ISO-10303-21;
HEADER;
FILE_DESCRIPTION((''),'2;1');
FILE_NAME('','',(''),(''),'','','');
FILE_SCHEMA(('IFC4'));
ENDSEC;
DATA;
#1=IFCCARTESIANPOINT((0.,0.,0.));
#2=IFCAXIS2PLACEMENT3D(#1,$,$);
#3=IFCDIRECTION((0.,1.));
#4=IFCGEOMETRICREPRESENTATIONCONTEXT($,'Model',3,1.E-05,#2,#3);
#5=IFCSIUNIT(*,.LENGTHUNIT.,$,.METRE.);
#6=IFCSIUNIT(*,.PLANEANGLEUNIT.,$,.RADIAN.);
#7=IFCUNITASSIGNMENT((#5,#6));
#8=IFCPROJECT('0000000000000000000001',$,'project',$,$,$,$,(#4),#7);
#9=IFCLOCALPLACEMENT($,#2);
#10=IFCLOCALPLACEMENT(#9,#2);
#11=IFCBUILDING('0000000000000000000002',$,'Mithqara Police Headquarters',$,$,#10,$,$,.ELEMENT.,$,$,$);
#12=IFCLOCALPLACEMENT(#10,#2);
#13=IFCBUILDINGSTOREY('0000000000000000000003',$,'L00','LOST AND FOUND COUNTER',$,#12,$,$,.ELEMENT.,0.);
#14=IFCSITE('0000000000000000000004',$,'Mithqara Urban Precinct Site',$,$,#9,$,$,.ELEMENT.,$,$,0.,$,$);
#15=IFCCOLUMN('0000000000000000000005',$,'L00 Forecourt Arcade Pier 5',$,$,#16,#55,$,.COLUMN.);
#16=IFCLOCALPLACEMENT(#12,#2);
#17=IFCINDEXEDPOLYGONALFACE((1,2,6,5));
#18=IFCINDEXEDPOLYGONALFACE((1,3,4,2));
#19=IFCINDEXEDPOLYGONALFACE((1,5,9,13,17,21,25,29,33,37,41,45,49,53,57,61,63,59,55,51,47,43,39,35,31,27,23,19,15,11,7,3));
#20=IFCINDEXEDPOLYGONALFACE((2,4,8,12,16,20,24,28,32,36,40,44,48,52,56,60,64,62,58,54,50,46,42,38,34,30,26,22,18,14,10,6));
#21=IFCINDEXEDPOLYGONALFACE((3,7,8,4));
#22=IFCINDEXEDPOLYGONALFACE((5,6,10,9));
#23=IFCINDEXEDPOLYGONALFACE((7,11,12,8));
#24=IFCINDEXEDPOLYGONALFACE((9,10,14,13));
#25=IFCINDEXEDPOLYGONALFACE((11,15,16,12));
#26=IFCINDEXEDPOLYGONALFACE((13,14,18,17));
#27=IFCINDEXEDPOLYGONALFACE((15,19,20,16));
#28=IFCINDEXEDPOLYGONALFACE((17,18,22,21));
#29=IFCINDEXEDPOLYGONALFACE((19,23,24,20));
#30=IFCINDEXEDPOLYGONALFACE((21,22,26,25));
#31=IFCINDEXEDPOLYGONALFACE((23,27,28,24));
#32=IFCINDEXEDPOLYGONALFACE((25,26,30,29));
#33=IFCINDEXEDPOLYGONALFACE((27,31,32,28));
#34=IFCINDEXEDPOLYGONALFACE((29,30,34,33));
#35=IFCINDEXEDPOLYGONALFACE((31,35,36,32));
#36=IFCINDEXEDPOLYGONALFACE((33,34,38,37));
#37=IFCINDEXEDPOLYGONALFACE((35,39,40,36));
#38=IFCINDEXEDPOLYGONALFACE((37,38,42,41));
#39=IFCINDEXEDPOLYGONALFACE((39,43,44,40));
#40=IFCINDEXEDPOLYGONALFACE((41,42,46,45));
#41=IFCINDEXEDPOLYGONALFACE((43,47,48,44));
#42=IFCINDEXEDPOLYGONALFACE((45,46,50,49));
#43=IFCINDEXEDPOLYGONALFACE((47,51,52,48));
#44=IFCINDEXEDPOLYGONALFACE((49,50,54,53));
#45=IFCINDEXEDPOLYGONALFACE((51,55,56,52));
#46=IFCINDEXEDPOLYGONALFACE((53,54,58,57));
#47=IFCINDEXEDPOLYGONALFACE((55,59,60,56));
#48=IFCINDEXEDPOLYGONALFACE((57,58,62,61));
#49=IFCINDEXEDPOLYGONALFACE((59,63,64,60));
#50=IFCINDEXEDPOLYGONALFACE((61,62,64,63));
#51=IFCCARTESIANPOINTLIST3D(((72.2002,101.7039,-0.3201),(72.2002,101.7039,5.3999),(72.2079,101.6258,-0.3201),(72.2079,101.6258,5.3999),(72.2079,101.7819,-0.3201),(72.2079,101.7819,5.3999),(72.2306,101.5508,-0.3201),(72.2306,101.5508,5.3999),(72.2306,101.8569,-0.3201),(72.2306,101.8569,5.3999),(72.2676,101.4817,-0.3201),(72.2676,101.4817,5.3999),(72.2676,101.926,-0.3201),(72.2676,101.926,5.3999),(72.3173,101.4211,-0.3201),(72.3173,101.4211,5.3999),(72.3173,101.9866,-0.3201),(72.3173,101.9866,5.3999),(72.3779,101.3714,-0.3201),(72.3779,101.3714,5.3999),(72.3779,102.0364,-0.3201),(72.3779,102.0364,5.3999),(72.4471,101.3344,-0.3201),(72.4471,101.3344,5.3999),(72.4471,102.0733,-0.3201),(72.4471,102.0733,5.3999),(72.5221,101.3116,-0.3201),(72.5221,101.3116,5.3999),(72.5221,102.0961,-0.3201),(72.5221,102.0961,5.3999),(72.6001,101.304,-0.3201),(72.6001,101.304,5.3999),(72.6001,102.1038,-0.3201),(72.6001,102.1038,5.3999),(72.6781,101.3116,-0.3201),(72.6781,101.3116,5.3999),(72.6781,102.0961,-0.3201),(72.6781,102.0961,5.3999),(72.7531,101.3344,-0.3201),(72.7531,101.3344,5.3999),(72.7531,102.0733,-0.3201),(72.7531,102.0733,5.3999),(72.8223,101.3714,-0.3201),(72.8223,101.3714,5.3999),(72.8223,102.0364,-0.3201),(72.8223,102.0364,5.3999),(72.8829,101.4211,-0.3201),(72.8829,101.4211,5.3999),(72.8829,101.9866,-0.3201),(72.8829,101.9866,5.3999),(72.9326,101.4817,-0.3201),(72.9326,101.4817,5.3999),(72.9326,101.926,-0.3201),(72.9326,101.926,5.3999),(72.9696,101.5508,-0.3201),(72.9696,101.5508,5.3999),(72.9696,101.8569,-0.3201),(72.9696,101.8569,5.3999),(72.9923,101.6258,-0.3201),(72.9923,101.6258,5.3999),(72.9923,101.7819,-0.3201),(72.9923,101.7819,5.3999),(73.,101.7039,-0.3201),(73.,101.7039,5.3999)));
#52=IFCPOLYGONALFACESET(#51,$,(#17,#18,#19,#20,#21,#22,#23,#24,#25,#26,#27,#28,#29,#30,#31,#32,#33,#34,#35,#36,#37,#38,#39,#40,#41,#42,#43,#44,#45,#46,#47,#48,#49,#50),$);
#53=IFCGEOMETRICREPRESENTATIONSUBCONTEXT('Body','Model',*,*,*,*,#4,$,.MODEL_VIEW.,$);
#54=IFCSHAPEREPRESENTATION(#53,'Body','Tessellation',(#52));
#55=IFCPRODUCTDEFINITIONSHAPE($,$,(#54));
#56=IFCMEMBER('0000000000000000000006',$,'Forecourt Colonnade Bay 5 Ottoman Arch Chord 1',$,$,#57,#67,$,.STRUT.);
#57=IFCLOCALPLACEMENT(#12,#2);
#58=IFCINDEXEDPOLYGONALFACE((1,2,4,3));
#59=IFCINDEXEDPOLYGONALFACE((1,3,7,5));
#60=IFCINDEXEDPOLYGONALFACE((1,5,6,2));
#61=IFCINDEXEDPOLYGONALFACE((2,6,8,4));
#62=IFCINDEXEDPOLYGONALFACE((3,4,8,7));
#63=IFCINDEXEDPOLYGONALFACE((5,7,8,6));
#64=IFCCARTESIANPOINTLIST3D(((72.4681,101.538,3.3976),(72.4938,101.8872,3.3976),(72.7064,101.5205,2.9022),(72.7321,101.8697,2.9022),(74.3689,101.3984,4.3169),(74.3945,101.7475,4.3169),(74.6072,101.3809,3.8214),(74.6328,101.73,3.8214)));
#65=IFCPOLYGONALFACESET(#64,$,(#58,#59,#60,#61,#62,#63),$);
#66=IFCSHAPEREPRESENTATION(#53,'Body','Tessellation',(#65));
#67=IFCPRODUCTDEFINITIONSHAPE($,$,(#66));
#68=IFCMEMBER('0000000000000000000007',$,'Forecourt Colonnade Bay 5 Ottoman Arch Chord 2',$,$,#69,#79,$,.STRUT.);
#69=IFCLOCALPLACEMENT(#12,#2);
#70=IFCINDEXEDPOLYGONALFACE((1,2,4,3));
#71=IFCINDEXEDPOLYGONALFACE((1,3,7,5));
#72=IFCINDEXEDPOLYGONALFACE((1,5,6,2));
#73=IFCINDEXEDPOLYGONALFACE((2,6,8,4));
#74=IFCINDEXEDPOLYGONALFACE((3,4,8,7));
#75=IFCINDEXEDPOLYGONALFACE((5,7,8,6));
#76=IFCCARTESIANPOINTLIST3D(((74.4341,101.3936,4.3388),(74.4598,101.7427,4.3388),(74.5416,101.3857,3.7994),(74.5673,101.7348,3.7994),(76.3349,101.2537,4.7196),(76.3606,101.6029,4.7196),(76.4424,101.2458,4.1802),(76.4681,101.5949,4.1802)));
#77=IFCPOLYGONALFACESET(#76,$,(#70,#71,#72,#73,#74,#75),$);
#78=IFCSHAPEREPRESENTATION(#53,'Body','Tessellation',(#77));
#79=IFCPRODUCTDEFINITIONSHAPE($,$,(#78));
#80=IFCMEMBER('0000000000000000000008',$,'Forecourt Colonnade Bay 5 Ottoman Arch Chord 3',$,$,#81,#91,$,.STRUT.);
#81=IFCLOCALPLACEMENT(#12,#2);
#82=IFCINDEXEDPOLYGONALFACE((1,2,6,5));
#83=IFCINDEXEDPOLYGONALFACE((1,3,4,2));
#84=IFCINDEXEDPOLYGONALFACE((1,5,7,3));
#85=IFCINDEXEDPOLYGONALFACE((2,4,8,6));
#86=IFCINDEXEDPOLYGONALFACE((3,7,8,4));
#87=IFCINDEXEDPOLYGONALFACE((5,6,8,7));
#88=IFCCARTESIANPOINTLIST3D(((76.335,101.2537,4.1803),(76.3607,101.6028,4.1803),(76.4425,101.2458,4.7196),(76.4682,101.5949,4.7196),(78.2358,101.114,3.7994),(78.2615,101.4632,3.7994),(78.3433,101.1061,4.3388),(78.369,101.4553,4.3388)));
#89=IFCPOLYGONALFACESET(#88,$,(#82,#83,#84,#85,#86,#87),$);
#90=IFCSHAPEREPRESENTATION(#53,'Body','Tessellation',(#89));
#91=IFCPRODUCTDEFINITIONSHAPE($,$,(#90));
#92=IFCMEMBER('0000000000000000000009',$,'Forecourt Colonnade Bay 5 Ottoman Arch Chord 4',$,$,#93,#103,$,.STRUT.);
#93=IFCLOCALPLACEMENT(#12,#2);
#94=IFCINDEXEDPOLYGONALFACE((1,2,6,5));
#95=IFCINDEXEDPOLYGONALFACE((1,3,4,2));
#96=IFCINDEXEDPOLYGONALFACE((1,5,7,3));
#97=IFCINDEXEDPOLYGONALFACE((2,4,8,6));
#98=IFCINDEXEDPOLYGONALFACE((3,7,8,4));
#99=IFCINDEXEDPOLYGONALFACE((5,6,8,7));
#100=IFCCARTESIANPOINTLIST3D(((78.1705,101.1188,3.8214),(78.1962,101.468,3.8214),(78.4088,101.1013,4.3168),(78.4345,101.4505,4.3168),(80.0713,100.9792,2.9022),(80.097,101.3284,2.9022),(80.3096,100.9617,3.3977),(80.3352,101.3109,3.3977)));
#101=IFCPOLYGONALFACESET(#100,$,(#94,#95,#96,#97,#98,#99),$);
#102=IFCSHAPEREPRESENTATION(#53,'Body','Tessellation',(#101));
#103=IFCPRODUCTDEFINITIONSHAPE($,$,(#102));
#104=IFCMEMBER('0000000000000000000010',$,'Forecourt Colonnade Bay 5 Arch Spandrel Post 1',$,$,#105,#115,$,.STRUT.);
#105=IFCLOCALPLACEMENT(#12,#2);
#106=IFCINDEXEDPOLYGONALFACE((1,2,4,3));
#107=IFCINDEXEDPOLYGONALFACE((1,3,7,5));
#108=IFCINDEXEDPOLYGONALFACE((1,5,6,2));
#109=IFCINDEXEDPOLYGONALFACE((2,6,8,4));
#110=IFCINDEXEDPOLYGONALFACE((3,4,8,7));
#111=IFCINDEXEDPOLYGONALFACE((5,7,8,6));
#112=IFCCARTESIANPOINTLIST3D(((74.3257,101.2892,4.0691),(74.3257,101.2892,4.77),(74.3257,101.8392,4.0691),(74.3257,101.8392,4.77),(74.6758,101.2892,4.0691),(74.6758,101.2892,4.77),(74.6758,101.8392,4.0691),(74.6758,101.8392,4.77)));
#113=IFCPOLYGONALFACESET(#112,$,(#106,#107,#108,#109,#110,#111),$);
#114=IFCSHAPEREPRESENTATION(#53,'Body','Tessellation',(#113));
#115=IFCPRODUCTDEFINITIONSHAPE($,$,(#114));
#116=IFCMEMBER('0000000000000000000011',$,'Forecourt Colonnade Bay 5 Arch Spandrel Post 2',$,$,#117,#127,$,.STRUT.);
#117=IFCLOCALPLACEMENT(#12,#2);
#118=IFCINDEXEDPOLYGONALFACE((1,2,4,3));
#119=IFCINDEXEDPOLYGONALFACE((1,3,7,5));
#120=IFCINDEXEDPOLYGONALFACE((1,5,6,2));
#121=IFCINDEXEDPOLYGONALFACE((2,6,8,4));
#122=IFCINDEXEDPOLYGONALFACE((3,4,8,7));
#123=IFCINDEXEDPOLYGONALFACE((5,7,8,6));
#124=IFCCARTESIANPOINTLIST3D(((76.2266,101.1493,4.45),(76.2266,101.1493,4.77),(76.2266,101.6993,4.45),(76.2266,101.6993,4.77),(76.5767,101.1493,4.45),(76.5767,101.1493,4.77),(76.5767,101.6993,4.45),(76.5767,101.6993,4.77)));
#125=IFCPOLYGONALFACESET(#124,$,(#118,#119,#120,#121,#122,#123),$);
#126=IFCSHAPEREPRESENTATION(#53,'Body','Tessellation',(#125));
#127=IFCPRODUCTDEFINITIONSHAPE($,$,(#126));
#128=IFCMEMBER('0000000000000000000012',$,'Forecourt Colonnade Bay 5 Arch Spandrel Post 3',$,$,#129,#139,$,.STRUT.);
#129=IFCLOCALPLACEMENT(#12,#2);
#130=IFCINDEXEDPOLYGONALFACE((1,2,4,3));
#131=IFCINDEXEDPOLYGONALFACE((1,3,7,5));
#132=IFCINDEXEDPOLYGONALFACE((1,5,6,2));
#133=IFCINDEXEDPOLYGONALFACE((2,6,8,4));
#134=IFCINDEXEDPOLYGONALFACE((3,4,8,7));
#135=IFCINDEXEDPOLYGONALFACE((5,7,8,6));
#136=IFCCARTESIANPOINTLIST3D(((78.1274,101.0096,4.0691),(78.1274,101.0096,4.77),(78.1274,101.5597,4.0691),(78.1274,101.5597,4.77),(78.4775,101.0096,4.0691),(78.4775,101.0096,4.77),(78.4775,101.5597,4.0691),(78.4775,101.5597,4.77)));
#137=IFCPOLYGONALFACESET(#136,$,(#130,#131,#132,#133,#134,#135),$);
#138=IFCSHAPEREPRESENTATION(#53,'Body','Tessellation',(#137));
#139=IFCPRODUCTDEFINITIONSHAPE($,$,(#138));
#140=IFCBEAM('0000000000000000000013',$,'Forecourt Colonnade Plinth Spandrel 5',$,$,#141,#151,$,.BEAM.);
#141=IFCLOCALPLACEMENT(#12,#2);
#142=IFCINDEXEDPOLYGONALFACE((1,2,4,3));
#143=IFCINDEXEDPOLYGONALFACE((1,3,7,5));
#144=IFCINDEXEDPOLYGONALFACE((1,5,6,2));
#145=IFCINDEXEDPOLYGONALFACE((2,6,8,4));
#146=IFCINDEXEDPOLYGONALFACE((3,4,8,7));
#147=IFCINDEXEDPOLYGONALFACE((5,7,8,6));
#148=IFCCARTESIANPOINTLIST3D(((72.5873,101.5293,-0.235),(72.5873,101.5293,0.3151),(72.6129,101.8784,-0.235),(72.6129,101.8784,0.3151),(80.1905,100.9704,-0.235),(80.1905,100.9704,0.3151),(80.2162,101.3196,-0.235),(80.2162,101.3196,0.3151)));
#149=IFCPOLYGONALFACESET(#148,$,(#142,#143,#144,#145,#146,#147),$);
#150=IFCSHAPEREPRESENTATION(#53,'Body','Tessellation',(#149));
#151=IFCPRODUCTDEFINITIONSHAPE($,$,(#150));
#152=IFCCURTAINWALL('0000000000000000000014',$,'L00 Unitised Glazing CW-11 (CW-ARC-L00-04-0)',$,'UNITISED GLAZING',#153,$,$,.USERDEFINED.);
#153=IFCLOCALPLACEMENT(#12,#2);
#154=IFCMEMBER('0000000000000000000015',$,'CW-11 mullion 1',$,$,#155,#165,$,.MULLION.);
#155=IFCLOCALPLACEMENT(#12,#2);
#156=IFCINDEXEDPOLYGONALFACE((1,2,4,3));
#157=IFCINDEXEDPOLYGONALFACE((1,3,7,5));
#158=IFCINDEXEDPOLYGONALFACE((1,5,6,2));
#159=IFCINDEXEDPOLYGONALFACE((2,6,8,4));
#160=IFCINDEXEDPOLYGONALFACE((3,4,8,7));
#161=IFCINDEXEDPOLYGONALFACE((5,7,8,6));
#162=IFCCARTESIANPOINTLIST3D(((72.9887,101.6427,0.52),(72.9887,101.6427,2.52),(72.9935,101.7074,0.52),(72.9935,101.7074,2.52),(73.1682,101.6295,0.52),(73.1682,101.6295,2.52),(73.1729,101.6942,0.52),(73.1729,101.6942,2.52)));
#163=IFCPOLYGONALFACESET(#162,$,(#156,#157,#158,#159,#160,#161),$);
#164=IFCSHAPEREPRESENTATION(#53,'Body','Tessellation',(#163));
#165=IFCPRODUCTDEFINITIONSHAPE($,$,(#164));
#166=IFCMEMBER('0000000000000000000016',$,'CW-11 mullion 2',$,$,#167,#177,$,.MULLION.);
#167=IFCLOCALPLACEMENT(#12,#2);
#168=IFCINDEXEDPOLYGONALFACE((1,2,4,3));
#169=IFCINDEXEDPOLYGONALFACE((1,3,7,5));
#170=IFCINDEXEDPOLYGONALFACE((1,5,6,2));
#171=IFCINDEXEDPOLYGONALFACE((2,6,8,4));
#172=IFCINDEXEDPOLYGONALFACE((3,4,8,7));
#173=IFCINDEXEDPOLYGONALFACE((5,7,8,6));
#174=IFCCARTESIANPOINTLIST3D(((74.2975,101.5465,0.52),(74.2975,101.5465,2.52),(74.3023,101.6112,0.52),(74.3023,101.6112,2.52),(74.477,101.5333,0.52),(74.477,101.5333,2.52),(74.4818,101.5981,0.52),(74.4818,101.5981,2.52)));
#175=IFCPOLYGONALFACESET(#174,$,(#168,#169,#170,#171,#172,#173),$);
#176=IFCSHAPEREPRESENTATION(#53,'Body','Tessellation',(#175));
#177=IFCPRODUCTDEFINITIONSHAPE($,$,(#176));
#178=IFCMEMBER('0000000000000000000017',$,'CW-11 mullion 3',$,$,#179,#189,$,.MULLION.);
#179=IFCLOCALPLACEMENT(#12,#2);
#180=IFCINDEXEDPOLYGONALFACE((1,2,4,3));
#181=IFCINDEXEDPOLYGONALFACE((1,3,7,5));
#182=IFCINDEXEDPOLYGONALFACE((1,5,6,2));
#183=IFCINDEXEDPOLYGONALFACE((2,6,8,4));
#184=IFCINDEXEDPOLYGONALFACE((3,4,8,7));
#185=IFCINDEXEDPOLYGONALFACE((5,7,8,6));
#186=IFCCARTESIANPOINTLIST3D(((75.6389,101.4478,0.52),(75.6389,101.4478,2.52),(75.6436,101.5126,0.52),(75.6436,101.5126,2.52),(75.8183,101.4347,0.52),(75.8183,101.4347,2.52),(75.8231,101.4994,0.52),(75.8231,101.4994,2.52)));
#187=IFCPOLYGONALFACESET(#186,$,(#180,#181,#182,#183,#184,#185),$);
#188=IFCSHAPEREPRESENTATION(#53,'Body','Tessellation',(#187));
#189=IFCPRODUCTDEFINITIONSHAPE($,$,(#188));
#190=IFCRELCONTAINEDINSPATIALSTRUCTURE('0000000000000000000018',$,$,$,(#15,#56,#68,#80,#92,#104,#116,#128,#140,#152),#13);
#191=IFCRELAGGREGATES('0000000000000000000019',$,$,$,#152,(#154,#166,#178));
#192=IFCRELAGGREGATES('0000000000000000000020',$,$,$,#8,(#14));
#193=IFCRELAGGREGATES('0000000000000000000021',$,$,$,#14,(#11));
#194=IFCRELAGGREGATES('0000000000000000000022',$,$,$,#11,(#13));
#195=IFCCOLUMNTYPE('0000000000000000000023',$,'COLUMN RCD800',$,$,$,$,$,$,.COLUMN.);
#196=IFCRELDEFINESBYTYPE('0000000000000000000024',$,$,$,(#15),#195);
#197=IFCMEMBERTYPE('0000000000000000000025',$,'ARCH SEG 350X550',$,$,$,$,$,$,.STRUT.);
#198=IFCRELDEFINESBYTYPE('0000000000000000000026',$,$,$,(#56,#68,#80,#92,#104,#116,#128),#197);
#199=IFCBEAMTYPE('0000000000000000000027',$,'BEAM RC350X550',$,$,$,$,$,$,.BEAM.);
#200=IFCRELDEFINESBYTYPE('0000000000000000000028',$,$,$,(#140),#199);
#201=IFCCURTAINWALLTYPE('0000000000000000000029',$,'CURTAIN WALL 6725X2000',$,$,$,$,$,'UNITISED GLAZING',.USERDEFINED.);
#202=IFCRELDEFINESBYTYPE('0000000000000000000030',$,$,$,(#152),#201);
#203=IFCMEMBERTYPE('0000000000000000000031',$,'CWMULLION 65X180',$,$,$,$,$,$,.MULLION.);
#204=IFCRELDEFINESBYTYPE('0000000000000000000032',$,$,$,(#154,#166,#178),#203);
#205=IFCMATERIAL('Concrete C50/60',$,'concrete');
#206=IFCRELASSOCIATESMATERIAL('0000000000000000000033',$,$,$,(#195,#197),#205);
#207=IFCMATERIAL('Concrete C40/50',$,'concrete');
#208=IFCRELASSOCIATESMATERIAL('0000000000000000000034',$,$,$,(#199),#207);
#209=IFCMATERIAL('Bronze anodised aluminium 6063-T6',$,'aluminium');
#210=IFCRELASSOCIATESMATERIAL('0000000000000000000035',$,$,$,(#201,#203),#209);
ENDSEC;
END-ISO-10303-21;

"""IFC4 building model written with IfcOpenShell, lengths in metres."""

from ifc_helpers import new_model, si_unit, direction, frame, origin, origin_2d, place, context, subcontext, project, spatial, rectangle, circle, extrude, material, material_profile, profile_set, type_object, element, aggregate, save


model = new_model("IFC4")

# Units and contexts
model_context = context("Model", 3, precision=1e-05, world=origin(), true_north=direction((0.0, 1.0)))
body_context = subcontext(model_context, "Body", "Model", "MODEL_VIEW")
ifc_project = project(units=[si_unit("LENGTHUNIT", "METRE"), si_unit("PLANEANGLEUNIT", "RADIAN")], contexts=[model_context])

# Site, building, storey
site_placement = place(None, origin())
site = spatial("IfcSite", under=ifc_project, at=site_placement, Name="Mithqara Urban Precinct Site", CompositionType="ELEMENT", RefElevation=0.0)
building_placement = place(site_placement, origin())
building = spatial("IfcBuilding", under=site, at=building_placement, Name="Mithqara Police Headquarters", CompositionType="ELEMENT")
storey_placement = place(building_placement, origin())
storey = spatial("IfcBuildingStorey", under=building, at=storey_placement, Name="L00", Description="LOST AND FOUND COUNTER", CompositionType="ELEMENT", Elevation=0.0)

# Column
ifc_material_1 = material(Name="Concrete C50/60", Category="concrete")
ifc_material_profile_1 = material_profile(ifc_material_1, circle(Radius=0.3999, at=origin_2d()), Name="RCD 800")
ifc_profile_set_1 = profile_set([ifc_material_profile_1], Name="Concrete C50/60")
column_type = type_object("IfcColumnType", Name="COLUMN RCD800", PredefinedType="COLUMN", material=ifc_profile_set_1)
column_placement = place(storey_placement, frame((72.6001, 101.7039, -0.3201), z_axis=(0.0, 0.0, 1.0), x_axis=(1.0, 0.0, 0.0)))
element("IfcColumn", 1, at=column_placement, inside=storey, type_object=column_type, Name="L00 Forecourt Arcade Pier 5", PredefinedType="COLUMN", context=body_context, shape_type="SweptSolid", body=[
    extrude(circle(Radius=0.3999, at=origin_2d()), origin(), (0.0, 0.0, 1.0), 5.72),
])

# Members
ifc_material_profile_2 = material_profile(ifc_material_1, rectangle(XDim=0.3501, YDim=0.55, at=origin_2d()), Name="ARC 350x550")
ifc_profile_set_2 = profile_set([ifc_material_profile_2], Name="Concrete C50/60")
member_type_1 = type_object("IfcMemberType", Name="ARCH SEG 350X550", PredefinedType="STRUT", material=ifc_profile_set_2)
member_1_placement = place(storey_placement, frame((72.6001, 101.7039, 3.1499), z_axis=(0.898284, -0.066001, 0.43443), x_axis=(0.073277, 0.997312, 0.0)))
element("IfcMember", 2, at=member_1_placement, inside=storey, type_object=member_type_1, Name="Forecourt Colonnade Bay 5 Ottoman Arch Chord 1", PredefinedType="STRUT", context=body_context, shape_type="SweptSolid", body=[
    extrude(rectangle(XDim=0.3501, YDim=0.55, at=origin_2d()), origin(), (0.0, 0.0, 1.0), 2.116),
])
for number, where, z_axis, x_axis, name in (
    (3, (74.5007, 101.5642, 4.0691), (0.97797, -0.071972, 0.195946), (0.073395, 0.997303, 0.0), "Forecourt Colonnade Bay 5 Ottoman Arch Chord 2"),
    (4, (76.4016, 101.4243, 4.45), (0.977979, -0.071847, -0.195947), (0.073268, 0.997312, 0.0), "Forecourt Colonnade Bay 5 Ottoman Arch Chord 3"),
):
    element("IfcMember", number, at=place(storey_placement, frame(where, z_axis=z_axis, x_axis=x_axis)), inside=storey, type_object=member_type_1, Name=name, PredefinedType="STRUT", context=body_context, shape_type="SweptSolid", body=[
        extrude(rectangle(XDim=0.3501, YDim=0.55, at=origin_2d()), origin(), (0.0, 0.0, 1.0), 1.9436),
    ])
member_2_placement = place(storey_placement, frame((78.3025, 101.2847, 4.0691), z_axis=(0.898306, -0.065994, -0.434385), x_axis=(0.073268, 0.997312, 0.0)))
element("IfcMember", 5, at=member_2_placement, inside=storey, type_object=member_type_1, Name="Forecourt Colonnade Bay 5 Ottoman Arch Chord 4", PredefinedType="STRUT", context=body_context, shape_type="SweptSolid", body=[
    extrude(rectangle(XDim=0.3501, YDim=0.55, at=origin_2d()), origin(), (0.0, 0.0, 1.0), 2.116),
])
member_3_placement = place(storey_placement, frame((74.5007, 101.5642, 4.0691), z_axis=(0.0, 0.0, 1.0), x_axis=(1.0, 0.0, 0.0)))
element("IfcMember", 6, at=member_3_placement, inside=storey, type_object=member_type_1, Name="Forecourt Colonnade Bay 5 Arch Spandrel Post 1", PredefinedType="STRUT", context=body_context, shape_type="SweptSolid", body=[
    extrude(rectangle(XDim=0.3501, YDim=0.55, at=origin_2d()), origin(), (0.0, 0.0, 1.0), 0.7009),
])
member_4_placement = place(storey_placement, frame((76.4016, 101.4243, 4.45), z_axis=(0.0, 0.0, 1.0), x_axis=(1.0, 0.0, 0.0)))
element("IfcMember", 7, at=member_4_placement, inside=storey, type_object=member_type_1, Name="Forecourt Colonnade Bay 5 Arch Spandrel Post 2", PredefinedType="STRUT", context=body_context, shape_type="SweptSolid", body=[
    extrude(rectangle(XDim=0.3501, YDim=0.55, at=origin_2d()), origin(), (0.0, 0.0, 1.0), 0.3201),
])
member_5_placement = place(storey_placement, frame((78.3025, 101.2847, 4.0691), z_axis=(0.0, 0.0, 1.0), x_axis=(1.0, 0.0, 0.0)))
element("IfcMember", 8, at=member_5_placement, inside=storey, type_object=member_type_1, Name="Forecourt Colonnade Bay 5 Arch Spandrel Post 3", PredefinedType="STRUT", context=body_context, shape_type="SweptSolid", body=[
    extrude(rectangle(XDim=0.3501, YDim=0.55, at=origin_2d()), origin(), (0.0, 0.0, 1.0), 0.7009),
])

# Beam
ifc_material_2 = material(Name="Concrete C40/50", Category="concrete")
ifc_material_profile_3 = material_profile(ifc_material_2, rectangle(XDim=0.3501, YDim=0.55, at=origin_2d()), Name="RC 350x550")
ifc_profile_set_3 = profile_set([ifc_material_profile_3], Name="Concrete C40/50")
beam_type_1 = type_object("IfcBeamType", Name="BEAM RC350X550", PredefinedType="BEAM", material=ifc_profile_set_3)
beam_1_placement = place(storey_placement, frame((72.6001, 101.7039, 0.04), z_axis=(0.99731, -0.073302, 0.0), x_axis=(0.073302, 0.99731, 0.0)))
element("IfcBeam", 9, at=beam_1_placement, inside=storey, type_object=beam_type_1, Name="Forecourt Colonnade Plinth Spandrel 5", PredefinedType="BEAM", context=body_context, shape_type="SweptSolid", body=[
    extrude(rectangle(XDim=0.3501, YDim=0.55, at=origin_2d()), origin(), (0.0, 0.0, 1.0), 7.6238),
])

# Curtain wall, members
ifc_material_3 = material(Name="Bronze anodised aluminium 6063-T6", Category="aluminium")
curtain_wall_type = type_object("IfcCurtainWallType", Name="CURTAIN WALL 6725X2000", ElementType="UNITISED GLAZING", PredefinedType="USERDEFINED", material=ifc_material_3)
curtain_wall_placement = place(storey_placement, origin())
curtain_wall = element("IfcCurtainWall", 10, at=curtain_wall_placement, inside=storey, type_object=curtain_wall_type, Name="L00 Unitised Glazing CW-11 (CW-ARC-L00-04-0)", ObjectType="UNITISED GLAZING", PredefinedType="USERDEFINED")
ifc_material_profile_4 = material_profile(ifc_material_3, rectangle(XDim=0.0649, YDim=0.1799, at=origin_2d()), Name="CWM 65x180")
ifc_profile_set_4 = profile_set([ifc_material_profile_4], Name="Bronze anodised aluminium 6063-T6")
member_type_2 = type_object("IfcMemberType", Name="CWMULLION 65X180", PredefinedType="MULLION", material=ifc_profile_set_4)
member_6_placement = place(storey_placement, frame((73.0808, 101.6685, 0.52), z_axis=(0.0, 0.0, 1.0), x_axis=(0.073298, 0.99731, 0.0)))
member_6 = element("IfcMember", 11, at=member_6_placement, type_object=member_type_2, Name="CW-11 mullion 1", PredefinedType="MULLION", context=body_context, shape_type="SweptSolid", body=[
    extrude(rectangle(XDim=0.0649, YDim=0.1799, at=origin_2d()), origin(), (0.0, 0.0, 1.0), 2.0),
])
member_7_placement = place(storey_placement, frame((74.3896, 101.5723, 0.52), z_axis=(0.0, 0.0, 1.0), x_axis=(0.073298, 0.99731, 0.0)))
member_7 = element("IfcMember", 12, at=member_7_placement, type_object=member_type_2, Name="CW-11 mullion 2", PredefinedType="MULLION", context=body_context, shape_type="SweptSolid", body=[
    extrude(rectangle(XDim=0.0649, YDim=0.1799, at=origin_2d()), origin(), (0.0, 0.0, 1.0), 2.0),
])
member_8_placement = place(storey_placement, frame((75.731, 101.4736, 0.52), z_axis=(0.0, 0.0, 1.0), x_axis=(0.073298, 0.99731, 0.0)))
member_8 = element("IfcMember", 13, at=member_8_placement, type_object=member_type_2, Name="CW-11 mullion 3", PredefinedType="MULLION", context=body_context, shape_type="SweptSolid", body=[
    extrude(rectangle(XDim=0.0649, YDim=0.1799, at=origin_2d()), origin(), (0.0, 0.0, 1.0), 2.0),
])

aggregate(curtain_wall, [member_6, member_7, member_8])

save(model, "model.ifc")
